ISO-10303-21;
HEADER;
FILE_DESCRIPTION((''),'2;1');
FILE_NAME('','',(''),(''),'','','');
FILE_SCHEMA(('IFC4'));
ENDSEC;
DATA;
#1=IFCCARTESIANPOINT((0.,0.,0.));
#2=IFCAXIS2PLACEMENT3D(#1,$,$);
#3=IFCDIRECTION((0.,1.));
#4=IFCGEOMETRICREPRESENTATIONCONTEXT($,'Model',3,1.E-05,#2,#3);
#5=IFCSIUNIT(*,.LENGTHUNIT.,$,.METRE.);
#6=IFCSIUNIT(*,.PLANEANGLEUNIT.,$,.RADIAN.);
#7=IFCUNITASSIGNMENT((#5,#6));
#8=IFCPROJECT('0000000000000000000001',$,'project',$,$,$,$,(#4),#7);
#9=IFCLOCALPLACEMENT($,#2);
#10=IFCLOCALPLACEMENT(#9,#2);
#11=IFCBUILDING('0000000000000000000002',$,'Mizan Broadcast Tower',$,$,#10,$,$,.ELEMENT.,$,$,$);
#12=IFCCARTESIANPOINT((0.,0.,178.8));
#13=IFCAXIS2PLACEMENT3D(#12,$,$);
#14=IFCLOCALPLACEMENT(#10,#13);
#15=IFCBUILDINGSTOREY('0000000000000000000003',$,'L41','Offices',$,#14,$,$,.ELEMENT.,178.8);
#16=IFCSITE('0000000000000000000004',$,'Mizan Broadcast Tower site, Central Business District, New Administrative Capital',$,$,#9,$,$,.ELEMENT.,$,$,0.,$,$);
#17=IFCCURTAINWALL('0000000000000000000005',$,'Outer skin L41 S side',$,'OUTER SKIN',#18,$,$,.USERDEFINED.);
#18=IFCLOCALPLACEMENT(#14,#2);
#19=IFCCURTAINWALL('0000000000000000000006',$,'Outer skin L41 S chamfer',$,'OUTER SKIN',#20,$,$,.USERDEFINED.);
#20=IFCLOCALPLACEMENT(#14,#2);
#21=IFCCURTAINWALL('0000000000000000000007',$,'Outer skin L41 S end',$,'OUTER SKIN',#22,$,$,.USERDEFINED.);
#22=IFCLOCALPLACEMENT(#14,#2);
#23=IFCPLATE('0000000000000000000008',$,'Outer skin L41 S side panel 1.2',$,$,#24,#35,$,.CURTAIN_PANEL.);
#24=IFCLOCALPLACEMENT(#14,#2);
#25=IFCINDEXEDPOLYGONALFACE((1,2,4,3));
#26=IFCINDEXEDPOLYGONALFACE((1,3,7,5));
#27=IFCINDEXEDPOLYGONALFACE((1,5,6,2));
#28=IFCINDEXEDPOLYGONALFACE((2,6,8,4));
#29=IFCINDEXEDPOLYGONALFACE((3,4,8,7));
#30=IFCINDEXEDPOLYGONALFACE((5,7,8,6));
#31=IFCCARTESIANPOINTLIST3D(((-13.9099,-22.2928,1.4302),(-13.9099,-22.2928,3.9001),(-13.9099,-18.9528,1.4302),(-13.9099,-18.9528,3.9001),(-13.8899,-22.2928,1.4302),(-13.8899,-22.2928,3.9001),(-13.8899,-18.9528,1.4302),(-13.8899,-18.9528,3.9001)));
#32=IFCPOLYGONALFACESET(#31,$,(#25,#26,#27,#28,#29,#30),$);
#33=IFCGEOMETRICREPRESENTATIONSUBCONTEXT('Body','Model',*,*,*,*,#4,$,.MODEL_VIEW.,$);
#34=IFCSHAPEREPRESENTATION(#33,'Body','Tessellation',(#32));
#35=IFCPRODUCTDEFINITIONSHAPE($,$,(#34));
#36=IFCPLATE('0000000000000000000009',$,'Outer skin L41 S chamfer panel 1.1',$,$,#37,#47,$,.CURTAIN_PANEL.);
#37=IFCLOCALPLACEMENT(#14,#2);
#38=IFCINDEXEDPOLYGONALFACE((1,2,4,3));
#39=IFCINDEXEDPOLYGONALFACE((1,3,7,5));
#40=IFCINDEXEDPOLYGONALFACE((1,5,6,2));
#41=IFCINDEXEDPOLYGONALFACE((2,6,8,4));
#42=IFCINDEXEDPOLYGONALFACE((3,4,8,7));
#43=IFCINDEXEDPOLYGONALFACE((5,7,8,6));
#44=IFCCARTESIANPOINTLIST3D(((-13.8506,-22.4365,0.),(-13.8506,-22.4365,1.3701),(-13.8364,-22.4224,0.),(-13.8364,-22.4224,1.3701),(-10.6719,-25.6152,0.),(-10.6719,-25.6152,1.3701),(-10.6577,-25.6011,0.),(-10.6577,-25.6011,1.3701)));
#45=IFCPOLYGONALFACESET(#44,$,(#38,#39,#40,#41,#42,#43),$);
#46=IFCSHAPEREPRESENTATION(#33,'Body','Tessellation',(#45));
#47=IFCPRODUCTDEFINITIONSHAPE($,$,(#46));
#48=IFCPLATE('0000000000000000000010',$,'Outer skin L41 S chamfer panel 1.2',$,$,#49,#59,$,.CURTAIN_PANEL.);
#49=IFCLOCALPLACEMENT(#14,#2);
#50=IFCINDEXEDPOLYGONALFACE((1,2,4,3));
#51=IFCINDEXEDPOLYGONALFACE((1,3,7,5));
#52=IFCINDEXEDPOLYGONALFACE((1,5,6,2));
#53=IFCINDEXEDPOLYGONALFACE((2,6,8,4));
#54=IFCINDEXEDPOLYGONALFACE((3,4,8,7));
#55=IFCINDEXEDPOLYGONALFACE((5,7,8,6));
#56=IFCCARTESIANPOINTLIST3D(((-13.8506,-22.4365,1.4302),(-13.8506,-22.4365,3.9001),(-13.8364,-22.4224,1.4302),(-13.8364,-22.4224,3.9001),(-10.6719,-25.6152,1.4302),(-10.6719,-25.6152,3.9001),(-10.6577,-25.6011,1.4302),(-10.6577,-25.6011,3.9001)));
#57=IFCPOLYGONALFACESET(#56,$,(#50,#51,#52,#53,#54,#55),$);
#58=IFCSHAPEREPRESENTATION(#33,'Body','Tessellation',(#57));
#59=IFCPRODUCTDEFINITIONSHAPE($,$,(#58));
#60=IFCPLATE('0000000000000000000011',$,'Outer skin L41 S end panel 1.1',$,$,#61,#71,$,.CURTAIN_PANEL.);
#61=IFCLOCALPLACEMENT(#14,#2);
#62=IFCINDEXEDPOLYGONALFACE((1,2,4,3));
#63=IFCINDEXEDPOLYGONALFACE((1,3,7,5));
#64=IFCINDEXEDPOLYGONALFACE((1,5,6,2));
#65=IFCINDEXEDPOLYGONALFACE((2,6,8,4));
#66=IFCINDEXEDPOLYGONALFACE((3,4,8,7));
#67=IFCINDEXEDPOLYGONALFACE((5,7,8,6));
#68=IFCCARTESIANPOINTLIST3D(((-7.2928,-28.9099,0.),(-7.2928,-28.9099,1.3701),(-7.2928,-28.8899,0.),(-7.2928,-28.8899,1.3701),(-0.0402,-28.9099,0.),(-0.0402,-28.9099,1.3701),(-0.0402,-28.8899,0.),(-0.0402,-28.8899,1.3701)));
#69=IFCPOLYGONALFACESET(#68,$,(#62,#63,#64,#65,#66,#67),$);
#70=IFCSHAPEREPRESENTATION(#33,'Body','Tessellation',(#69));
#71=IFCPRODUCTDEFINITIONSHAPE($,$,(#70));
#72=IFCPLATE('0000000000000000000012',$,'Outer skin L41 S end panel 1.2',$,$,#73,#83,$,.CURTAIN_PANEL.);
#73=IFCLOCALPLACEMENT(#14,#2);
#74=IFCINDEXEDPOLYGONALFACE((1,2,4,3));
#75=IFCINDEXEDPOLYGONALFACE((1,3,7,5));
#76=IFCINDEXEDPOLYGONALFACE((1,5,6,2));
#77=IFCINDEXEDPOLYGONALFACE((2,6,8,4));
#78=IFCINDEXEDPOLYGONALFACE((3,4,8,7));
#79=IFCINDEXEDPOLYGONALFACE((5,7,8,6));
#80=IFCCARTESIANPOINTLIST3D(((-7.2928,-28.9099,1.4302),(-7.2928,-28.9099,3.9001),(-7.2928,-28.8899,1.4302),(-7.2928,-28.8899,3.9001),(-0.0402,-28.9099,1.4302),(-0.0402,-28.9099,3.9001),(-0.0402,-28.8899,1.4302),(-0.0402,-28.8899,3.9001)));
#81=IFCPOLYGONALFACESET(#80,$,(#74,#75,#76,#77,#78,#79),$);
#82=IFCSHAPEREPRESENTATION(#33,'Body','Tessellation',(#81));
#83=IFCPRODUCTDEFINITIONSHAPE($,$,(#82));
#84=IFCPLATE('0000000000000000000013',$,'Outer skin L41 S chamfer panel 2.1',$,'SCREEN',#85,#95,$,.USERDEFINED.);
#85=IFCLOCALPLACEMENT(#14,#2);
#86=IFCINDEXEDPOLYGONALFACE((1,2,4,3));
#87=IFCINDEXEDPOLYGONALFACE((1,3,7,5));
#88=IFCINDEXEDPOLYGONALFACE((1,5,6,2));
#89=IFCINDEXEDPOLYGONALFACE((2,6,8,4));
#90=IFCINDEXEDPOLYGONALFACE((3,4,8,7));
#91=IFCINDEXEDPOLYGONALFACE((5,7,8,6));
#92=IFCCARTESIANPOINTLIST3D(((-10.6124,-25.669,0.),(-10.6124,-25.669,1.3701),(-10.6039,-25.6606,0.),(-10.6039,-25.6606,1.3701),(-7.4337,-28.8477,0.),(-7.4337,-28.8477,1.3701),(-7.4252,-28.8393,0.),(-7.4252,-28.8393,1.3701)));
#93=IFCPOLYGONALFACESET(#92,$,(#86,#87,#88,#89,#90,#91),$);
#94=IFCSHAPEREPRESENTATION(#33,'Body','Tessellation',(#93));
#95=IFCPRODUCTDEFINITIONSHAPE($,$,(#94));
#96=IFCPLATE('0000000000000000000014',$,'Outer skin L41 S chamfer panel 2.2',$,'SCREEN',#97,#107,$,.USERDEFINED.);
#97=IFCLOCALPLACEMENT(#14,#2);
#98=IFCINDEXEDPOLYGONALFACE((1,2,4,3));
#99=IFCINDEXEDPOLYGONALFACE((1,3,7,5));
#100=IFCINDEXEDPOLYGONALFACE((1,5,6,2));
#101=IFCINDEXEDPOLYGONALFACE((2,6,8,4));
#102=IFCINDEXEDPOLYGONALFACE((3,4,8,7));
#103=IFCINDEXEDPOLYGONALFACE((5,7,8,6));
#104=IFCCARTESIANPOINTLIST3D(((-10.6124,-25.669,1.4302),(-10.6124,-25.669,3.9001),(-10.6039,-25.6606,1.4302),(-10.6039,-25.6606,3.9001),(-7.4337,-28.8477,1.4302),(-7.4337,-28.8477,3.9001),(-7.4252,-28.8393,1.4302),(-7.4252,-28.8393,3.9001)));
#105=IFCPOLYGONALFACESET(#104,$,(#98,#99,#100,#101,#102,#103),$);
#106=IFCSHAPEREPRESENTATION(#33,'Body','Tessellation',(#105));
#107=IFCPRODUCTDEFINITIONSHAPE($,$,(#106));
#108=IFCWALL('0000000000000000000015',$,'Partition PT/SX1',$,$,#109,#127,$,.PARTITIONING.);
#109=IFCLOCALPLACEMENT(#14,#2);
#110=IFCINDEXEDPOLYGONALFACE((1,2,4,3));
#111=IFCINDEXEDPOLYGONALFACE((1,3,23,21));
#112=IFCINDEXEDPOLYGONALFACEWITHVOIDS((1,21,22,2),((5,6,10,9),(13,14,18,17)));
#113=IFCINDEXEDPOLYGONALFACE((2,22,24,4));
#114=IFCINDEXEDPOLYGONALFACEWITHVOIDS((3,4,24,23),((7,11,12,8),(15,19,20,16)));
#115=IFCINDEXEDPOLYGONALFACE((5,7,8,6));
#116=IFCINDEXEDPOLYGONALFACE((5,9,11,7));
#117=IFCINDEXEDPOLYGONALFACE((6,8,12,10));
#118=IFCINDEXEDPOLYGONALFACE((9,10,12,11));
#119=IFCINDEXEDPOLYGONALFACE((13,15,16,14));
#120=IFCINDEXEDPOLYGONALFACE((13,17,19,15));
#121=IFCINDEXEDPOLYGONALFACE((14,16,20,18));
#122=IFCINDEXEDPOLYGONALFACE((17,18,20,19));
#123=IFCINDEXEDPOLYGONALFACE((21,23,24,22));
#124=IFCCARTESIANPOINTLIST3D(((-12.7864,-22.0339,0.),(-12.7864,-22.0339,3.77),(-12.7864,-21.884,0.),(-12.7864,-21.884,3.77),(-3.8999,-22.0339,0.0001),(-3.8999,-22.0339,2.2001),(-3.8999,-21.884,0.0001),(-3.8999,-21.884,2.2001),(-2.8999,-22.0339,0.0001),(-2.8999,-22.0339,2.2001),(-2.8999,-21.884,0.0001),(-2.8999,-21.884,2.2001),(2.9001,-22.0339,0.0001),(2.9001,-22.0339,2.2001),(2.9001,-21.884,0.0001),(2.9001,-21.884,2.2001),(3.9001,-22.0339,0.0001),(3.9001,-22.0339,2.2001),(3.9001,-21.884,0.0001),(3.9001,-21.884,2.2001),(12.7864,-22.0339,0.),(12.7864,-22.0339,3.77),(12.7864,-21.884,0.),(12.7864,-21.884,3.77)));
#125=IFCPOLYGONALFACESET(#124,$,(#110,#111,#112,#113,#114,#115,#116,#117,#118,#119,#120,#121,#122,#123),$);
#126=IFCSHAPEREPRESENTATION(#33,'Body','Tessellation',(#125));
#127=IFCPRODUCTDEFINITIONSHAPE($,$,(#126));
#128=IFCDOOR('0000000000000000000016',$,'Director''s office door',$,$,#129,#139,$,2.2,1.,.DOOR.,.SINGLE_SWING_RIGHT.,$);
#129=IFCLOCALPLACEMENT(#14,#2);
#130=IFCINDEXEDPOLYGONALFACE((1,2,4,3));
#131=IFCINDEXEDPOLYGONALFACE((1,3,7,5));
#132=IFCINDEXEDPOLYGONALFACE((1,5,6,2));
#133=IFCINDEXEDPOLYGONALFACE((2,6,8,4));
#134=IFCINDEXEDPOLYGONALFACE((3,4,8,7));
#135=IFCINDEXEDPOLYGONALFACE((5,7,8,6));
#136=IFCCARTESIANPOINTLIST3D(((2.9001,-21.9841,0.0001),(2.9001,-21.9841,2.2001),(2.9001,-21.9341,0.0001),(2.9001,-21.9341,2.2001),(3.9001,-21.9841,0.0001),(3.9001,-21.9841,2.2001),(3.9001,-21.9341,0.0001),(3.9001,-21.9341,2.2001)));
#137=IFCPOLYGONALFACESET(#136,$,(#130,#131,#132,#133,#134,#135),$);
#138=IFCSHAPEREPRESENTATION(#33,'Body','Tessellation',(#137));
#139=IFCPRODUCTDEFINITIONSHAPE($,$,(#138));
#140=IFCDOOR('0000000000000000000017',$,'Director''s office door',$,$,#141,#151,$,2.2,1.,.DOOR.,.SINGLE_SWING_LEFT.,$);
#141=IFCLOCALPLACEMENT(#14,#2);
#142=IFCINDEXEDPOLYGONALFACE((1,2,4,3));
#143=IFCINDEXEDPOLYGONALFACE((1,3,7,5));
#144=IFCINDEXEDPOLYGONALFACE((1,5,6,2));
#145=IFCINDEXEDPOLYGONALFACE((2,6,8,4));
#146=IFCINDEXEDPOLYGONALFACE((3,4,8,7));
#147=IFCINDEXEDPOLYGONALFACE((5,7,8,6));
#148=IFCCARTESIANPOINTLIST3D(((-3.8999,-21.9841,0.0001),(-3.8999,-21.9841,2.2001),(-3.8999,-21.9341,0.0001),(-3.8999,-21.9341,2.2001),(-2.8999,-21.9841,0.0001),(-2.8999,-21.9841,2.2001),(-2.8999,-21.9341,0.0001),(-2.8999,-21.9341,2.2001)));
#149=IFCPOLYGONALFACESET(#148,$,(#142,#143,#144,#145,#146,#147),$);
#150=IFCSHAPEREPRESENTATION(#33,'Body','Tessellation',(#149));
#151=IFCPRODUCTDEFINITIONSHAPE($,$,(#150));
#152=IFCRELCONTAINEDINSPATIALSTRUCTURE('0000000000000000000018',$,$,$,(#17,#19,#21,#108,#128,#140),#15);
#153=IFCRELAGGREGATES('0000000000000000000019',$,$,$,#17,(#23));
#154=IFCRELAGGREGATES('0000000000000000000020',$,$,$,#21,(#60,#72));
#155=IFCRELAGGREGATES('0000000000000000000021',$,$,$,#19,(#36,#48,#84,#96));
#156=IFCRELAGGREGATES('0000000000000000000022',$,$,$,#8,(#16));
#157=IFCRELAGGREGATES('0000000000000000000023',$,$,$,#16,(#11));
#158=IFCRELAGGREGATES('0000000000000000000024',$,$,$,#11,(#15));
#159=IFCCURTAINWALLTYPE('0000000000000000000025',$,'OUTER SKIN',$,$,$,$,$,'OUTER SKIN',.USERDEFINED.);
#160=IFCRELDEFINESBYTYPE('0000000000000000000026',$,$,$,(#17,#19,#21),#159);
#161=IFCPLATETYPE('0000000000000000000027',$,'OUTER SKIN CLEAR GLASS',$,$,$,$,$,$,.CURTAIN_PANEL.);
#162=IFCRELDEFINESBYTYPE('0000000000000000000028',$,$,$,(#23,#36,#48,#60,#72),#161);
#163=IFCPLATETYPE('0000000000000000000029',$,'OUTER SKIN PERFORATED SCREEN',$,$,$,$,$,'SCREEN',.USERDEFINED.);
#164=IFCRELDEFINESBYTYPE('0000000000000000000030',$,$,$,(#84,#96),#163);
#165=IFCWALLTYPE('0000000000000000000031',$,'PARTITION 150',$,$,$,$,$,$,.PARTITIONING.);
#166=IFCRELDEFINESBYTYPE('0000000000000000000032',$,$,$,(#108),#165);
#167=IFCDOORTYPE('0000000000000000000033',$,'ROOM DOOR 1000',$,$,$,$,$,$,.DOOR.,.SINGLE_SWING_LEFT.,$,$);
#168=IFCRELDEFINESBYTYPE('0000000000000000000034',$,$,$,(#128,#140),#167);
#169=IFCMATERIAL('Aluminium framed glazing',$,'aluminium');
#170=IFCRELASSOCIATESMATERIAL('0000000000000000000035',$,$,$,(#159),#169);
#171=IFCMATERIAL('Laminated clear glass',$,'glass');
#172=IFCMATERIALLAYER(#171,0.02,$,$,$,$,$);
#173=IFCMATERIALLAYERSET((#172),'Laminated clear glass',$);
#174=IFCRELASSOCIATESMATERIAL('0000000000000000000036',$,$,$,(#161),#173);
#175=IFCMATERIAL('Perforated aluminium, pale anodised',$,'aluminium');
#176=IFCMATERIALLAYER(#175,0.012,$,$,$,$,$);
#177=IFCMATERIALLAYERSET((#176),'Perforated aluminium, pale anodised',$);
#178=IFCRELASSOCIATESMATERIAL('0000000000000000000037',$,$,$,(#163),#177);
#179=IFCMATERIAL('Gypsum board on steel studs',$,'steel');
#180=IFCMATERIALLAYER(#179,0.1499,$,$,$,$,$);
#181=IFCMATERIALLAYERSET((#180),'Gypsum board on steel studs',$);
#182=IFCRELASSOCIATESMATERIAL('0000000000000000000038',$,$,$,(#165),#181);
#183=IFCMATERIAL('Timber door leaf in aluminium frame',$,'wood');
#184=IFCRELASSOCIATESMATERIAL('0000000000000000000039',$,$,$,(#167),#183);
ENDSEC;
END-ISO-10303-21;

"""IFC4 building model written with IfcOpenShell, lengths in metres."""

from ifc_helpers import new_model, si_unit, direction, frame, frame_2d, origin, origin_2d, place, context, subcontext, project, spatial, rectangle, extrude, material, layer, layer_set, type_object, element, fill, aggregate, save


model = new_model("IFC4")

# Units and contexts
model_context = context("Model", 3, precision=1e-05, world=origin(), true_north=direction((0.0, 1.0)))
body_context = subcontext(model_context, "Body", "Model", "MODEL_VIEW")
ifc_project = project(units=[si_unit("LENGTHUNIT", "METRE"), si_unit("PLANEANGLEUNIT", "RADIAN")], contexts=[model_context])

# Site, building, storey
site_placement = place(None, origin())
site = spatial("IfcSite", under=ifc_project, at=site_placement, Name="Mizan Broadcast Tower site, Central Business District, New Administrative Capital", CompositionType="ELEMENT", RefElevation=0.0)
building_placement = place(site_placement, origin())
building = spatial("IfcBuilding", under=site, at=building_placement, Name="Mizan Broadcast Tower", CompositionType="ELEMENT")
storey_placement = place(building_placement, frame((0.0, 0.0, 178.8)))
storey = spatial("IfcBuildingStorey", under=building, at=storey_placement, Name="L41", Description="Offices", CompositionType="ELEMENT", Elevation=178.8)

# Curtain wall
ifc_material_1 = material(Name="Aluminium framed glazing", Category="aluminium")
curtain_wall_type_1 = type_object("IfcCurtainWallType", Name="OUTER SKIN", ElementType="OUTER SKIN", PredefinedType="USERDEFINED", material=ifc_material_1)
curtain_wall_1_placement = place(storey_placement, origin())
curtain_wall_1 = element("IfcCurtainWall", 1, at=curtain_wall_1_placement, inside=storey, type_object=curtain_wall_type_1, Name="Outer skin L41 S side", ObjectType="OUTER SKIN", PredefinedType="USERDEFINED")

# Curtain wall
curtain_wall_2_placement = place(storey_placement, origin())
curtain_wall_2 = element("IfcCurtainWall", 2, at=curtain_wall_2_placement, inside=storey, type_object=curtain_wall_type_1, Name="Outer skin L41 S chamfer", ObjectType="OUTER SKIN", PredefinedType="USERDEFINED")

# Curtain wall
curtain_wall_3_placement = place(storey_placement, origin())
curtain_wall_3 = element("IfcCurtainWall", 3, at=curtain_wall_3_placement, inside=storey, type_object=curtain_wall_type_1, Name="Outer skin L41 S end", ObjectType="OUTER SKIN", PredefinedType="USERDEFINED")

# Plates
ifc_material_2 = material(Name="Laminated clear glass", Category="glass")
ifc_layer_1 = layer(ifc_material_2, 0.02)
ifc_layer_set_1 = layer_set([ifc_layer_1], Name="Laminated clear glass")
plate_type_1 = type_object("IfcPlateType", Name="OUTER SKIN CLEAR GLASS", PredefinedType="CURTAIN_PANEL", material=ifc_layer_set_1)
plate_1_placement = place(storey_placement, frame((-13.8999, -20.6228, 1.4302), z_axis=(0.0, 0.0, 1.0), x_axis=(0.0, -1.0, 0.0)))
plate_1 = element("IfcPlate", 4, at=plate_1_placement, type_object=plate_type_1, Name="Outer skin L41 S side panel 1.2", PredefinedType="CURTAIN_PANEL", context=body_context, shape_type="SweptSolid", body=[
    extrude(rectangle(XDim=3.3401, YDim=0.02, at=origin_2d()), origin(), (0.0, 0.0, 1.0), 2.47),
])
aggregate(curtain_wall_1, [plate_1])
plate_2_placement = place(storey_placement, frame((-12.2542, -24.0188, 0.0), z_axis=(0.0, 0.0, 1.0), x_axis=(0.707107, -0.707107, 0.0)))
plate_2 = element("IfcPlate", 5, at=plate_2_placement, type_object=plate_type_1, Name="Outer skin L41 S chamfer panel 1.1", PredefinedType="CURTAIN_PANEL", context=body_context, shape_type="SweptSolid", body=[
    extrude(rectangle(XDim=4.4954, YDim=0.02, at=origin_2d()), origin(), (0.0, 0.0, 1.0), 1.3701),
])
plate_3_placement = place(storey_placement, frame((-12.2542, -24.0188, 1.4302), z_axis=(0.0, 0.0, 1.0), x_axis=(0.707107, -0.707107, 0.0)))
plate_3 = element("IfcPlate", 6, at=plate_3_placement, type_object=plate_type_1, Name="Outer skin L41 S chamfer panel 1.2", PredefinedType="CURTAIN_PANEL", context=body_context, shape_type="SweptSolid", body=[
    extrude(rectangle(XDim=4.4954, YDim=0.02, at=origin_2d()), origin(), (0.0, 0.0, 1.0), 2.47),
])
plate_4_placement = place(storey_placement, frame((-3.6665, -28.8999, 0.0), z_axis=(0.0, 0.0, 1.0), x_axis=(1.0, 0.0, 0.0)))
plate_4 = element("IfcPlate", 7, at=plate_4_placement, type_object=plate_type_1, Name="Outer skin L41 S end panel 1.1", PredefinedType="CURTAIN_PANEL", context=body_context, shape_type="SweptSolid", body=[
    extrude(rectangle(XDim=7.2527, YDim=0.02, at=origin_2d()), origin(), (0.0, 0.0, 1.0), 1.3701),
])
plate_5_placement = place(storey_placement, frame((-3.6665, -28.8999, 1.4302), z_axis=(0.0, 0.0, 1.0), x_axis=(1.0, 0.0, 0.0)))
plate_5 = element("IfcPlate", 8, at=plate_5_placement, type_object=plate_type_1, Name="Outer skin L41 S end panel 1.2", PredefinedType="CURTAIN_PANEL", context=body_context, shape_type="SweptSolid", body=[
    extrude(rectangle(XDim=7.2527, YDim=0.02, at=origin_2d()), origin(), (0.0, 0.0, 1.0), 2.47),
])
aggregate(curtain_wall_3, [plate_4, plate_5])
ifc_material_3 = material(Name="Perforated aluminium, pale anodised", Category="aluminium")
ifc_layer_2 = layer(ifc_material_3, 0.012)
ifc_layer_set_2 = layer_set([ifc_layer_2], Name="Perforated aluminium, pale anodised")
plate_type_2 = type_object("IfcPlateType", Name="OUTER SKIN PERFORATED SCREEN", ElementType="SCREEN", PredefinedType="USERDEFINED", material=ifc_layer_set_2)
plate_6_placement = place(storey_placement, frame((-9.0188, -27.2542, 0.0), z_axis=(0.0, 0.0, 1.0), x_axis=(0.707107, -0.707107, 0.0)))
plate_6 = element("IfcPlate", 9, at=plate_6_placement, type_object=plate_type_2, Name="Outer skin L41 S chamfer panel 2.1", ObjectType="SCREEN", PredefinedType="USERDEFINED", context=body_context, shape_type="SweptSolid", body=[
    extrude(rectangle(XDim=4.4954, YDim=0.012, at=origin_2d()), origin(), (0.0, 0.0, 1.0), 1.3701),
])
plate_7_placement = place(storey_placement, frame((-9.0188, -27.2542, 1.4302), z_axis=(0.0, 0.0, 1.0), x_axis=(0.707107, -0.707107, 0.0)))
plate_7 = element("IfcPlate", 10, at=plate_7_placement, type_object=plate_type_2, Name="Outer skin L41 S chamfer panel 2.2", ObjectType="SCREEN", PredefinedType="USERDEFINED", context=body_context, shape_type="SweptSolid", body=[
    extrude(rectangle(XDim=4.4954, YDim=0.012, at=origin_2d()), origin(), (0.0, 0.0, 1.0), 2.47),
])
aggregate(curtain_wall_2, [plate_2, plate_3, plate_6, plate_7])

# Wall, openings, doors
ifc_material_4 = material(Name="Gypsum board on steel studs", Category="steel")
ifc_layer_3 = layer(ifc_material_4, 0.1499)
ifc_layer_set_3 = layer_set([ifc_layer_3], Name="Gypsum board on steel studs")
wall_type = type_object("IfcWallType", Name="PARTITION 150", PredefinedType="PARTITIONING", material=ifc_layer_set_3)
wall_placement = place(storey_placement, frame((-12.7864, -21.959, 0.0), z_axis=(0.0, 0.0, 1.0), x_axis=(1.0, 0.0, 0.0)))
wall = element("IfcWall", 11, at=wall_placement, inside=storey, type_object=wall_type, Name="Partition PT/SX1", PredefinedType="PARTITIONING", context=body_context, shape_type="SweptSolid", body=[
    extrude(rectangle(XDim=25.5728, YDim=0.1499, at=frame_2d((12.7864, 0.0))), origin(), (0.0, 0.0, 1.0), 3.77),
])
opening_1_placement = place(wall_placement, frame((15.6865, 0.0, 0.0)))
opening_1 = element("IfcOpeningElement", 12, at=opening_1_placement, cuts=wall, PredefinedType="OPENING", context=body_context, shape_type="SweptSolid", body=[
    extrude(rectangle(XDim=1.0, YDim=2.2, at=frame_2d((0.5, 1.1001))), frame((0.0, 0.085, 0.0), z_axis=(0.0, -1.0, 0.0), x_axis=(1.0, 0.0, 0.0)), (0.0, 0.0, 1.0), 0.1699),
])
opening_2_placement = place(wall_placement, frame((8.8865, 0.0, 0.0)))
opening_2 = element("IfcOpeningElement", 13, at=opening_2_placement, cuts=wall, PredefinedType="OPENING", context=body_context, shape_type="SweptSolid", body=[
    extrude(rectangle(XDim=1.0, YDim=2.2, at=frame_2d((0.5, 1.1001))), frame((0.0, 0.085, 0.0), z_axis=(0.0, -1.0, 0.0), x_axis=(1.0, 0.0, 0.0)), (0.0, 0.0, 1.0), 0.1699),
])
ifc_material_5 = material(Name="Timber door leaf in aluminium frame", Category="wood")
door_type = type_object("IfcDoorType", Name="ROOM DOOR 1000", OperationType="SINGLE_SWING_LEFT", PredefinedType="DOOR", material=ifc_material_5)
door_1_placement = place(opening_1_placement, origin())
door_1 = element("IfcDoor", 14, at=door_1_placement, inside=storey, type_object=door_type, Name="Director's office door", OperationType="SINGLE_SWING_RIGHT", OverallHeight=2.2, OverallWidth=1.0, PredefinedType="DOOR", context=body_context, shape_type="SweptSolid", body=[
    extrude(rectangle(XDim=1.0, YDim=2.2, at=frame_2d((0.5, 1.1001))), frame((0.0, 0.0249, 0.0), z_axis=(0.0, -1.0, 0.0), x_axis=(1.0, 0.0, 0.0)), (0.0, 0.0, 1.0), 0.05),
])
fill(opening_1, door_1)
door_2_placement = place(opening_2_placement, origin())
door_2 = element("IfcDoor", 15, at=door_2_placement, inside=storey, type_object=door_type, Name="Director's office door", OperationType="SINGLE_SWING_LEFT", OverallHeight=2.2, OverallWidth=1.0, PredefinedType="DOOR", context=body_context, shape_type="SweptSolid", body=[
    extrude(rectangle(XDim=1.0, YDim=2.2, at=frame_2d((0.5, 1.1001))), frame((0.0, 0.0249, 0.0), z_axis=(0.0, -1.0, 0.0), x_axis=(1.0, 0.0, 0.0)), (0.0, 0.0, 1.0), 0.05),
])
fill(opening_2, door_2)

save(model, "model.ifc")
